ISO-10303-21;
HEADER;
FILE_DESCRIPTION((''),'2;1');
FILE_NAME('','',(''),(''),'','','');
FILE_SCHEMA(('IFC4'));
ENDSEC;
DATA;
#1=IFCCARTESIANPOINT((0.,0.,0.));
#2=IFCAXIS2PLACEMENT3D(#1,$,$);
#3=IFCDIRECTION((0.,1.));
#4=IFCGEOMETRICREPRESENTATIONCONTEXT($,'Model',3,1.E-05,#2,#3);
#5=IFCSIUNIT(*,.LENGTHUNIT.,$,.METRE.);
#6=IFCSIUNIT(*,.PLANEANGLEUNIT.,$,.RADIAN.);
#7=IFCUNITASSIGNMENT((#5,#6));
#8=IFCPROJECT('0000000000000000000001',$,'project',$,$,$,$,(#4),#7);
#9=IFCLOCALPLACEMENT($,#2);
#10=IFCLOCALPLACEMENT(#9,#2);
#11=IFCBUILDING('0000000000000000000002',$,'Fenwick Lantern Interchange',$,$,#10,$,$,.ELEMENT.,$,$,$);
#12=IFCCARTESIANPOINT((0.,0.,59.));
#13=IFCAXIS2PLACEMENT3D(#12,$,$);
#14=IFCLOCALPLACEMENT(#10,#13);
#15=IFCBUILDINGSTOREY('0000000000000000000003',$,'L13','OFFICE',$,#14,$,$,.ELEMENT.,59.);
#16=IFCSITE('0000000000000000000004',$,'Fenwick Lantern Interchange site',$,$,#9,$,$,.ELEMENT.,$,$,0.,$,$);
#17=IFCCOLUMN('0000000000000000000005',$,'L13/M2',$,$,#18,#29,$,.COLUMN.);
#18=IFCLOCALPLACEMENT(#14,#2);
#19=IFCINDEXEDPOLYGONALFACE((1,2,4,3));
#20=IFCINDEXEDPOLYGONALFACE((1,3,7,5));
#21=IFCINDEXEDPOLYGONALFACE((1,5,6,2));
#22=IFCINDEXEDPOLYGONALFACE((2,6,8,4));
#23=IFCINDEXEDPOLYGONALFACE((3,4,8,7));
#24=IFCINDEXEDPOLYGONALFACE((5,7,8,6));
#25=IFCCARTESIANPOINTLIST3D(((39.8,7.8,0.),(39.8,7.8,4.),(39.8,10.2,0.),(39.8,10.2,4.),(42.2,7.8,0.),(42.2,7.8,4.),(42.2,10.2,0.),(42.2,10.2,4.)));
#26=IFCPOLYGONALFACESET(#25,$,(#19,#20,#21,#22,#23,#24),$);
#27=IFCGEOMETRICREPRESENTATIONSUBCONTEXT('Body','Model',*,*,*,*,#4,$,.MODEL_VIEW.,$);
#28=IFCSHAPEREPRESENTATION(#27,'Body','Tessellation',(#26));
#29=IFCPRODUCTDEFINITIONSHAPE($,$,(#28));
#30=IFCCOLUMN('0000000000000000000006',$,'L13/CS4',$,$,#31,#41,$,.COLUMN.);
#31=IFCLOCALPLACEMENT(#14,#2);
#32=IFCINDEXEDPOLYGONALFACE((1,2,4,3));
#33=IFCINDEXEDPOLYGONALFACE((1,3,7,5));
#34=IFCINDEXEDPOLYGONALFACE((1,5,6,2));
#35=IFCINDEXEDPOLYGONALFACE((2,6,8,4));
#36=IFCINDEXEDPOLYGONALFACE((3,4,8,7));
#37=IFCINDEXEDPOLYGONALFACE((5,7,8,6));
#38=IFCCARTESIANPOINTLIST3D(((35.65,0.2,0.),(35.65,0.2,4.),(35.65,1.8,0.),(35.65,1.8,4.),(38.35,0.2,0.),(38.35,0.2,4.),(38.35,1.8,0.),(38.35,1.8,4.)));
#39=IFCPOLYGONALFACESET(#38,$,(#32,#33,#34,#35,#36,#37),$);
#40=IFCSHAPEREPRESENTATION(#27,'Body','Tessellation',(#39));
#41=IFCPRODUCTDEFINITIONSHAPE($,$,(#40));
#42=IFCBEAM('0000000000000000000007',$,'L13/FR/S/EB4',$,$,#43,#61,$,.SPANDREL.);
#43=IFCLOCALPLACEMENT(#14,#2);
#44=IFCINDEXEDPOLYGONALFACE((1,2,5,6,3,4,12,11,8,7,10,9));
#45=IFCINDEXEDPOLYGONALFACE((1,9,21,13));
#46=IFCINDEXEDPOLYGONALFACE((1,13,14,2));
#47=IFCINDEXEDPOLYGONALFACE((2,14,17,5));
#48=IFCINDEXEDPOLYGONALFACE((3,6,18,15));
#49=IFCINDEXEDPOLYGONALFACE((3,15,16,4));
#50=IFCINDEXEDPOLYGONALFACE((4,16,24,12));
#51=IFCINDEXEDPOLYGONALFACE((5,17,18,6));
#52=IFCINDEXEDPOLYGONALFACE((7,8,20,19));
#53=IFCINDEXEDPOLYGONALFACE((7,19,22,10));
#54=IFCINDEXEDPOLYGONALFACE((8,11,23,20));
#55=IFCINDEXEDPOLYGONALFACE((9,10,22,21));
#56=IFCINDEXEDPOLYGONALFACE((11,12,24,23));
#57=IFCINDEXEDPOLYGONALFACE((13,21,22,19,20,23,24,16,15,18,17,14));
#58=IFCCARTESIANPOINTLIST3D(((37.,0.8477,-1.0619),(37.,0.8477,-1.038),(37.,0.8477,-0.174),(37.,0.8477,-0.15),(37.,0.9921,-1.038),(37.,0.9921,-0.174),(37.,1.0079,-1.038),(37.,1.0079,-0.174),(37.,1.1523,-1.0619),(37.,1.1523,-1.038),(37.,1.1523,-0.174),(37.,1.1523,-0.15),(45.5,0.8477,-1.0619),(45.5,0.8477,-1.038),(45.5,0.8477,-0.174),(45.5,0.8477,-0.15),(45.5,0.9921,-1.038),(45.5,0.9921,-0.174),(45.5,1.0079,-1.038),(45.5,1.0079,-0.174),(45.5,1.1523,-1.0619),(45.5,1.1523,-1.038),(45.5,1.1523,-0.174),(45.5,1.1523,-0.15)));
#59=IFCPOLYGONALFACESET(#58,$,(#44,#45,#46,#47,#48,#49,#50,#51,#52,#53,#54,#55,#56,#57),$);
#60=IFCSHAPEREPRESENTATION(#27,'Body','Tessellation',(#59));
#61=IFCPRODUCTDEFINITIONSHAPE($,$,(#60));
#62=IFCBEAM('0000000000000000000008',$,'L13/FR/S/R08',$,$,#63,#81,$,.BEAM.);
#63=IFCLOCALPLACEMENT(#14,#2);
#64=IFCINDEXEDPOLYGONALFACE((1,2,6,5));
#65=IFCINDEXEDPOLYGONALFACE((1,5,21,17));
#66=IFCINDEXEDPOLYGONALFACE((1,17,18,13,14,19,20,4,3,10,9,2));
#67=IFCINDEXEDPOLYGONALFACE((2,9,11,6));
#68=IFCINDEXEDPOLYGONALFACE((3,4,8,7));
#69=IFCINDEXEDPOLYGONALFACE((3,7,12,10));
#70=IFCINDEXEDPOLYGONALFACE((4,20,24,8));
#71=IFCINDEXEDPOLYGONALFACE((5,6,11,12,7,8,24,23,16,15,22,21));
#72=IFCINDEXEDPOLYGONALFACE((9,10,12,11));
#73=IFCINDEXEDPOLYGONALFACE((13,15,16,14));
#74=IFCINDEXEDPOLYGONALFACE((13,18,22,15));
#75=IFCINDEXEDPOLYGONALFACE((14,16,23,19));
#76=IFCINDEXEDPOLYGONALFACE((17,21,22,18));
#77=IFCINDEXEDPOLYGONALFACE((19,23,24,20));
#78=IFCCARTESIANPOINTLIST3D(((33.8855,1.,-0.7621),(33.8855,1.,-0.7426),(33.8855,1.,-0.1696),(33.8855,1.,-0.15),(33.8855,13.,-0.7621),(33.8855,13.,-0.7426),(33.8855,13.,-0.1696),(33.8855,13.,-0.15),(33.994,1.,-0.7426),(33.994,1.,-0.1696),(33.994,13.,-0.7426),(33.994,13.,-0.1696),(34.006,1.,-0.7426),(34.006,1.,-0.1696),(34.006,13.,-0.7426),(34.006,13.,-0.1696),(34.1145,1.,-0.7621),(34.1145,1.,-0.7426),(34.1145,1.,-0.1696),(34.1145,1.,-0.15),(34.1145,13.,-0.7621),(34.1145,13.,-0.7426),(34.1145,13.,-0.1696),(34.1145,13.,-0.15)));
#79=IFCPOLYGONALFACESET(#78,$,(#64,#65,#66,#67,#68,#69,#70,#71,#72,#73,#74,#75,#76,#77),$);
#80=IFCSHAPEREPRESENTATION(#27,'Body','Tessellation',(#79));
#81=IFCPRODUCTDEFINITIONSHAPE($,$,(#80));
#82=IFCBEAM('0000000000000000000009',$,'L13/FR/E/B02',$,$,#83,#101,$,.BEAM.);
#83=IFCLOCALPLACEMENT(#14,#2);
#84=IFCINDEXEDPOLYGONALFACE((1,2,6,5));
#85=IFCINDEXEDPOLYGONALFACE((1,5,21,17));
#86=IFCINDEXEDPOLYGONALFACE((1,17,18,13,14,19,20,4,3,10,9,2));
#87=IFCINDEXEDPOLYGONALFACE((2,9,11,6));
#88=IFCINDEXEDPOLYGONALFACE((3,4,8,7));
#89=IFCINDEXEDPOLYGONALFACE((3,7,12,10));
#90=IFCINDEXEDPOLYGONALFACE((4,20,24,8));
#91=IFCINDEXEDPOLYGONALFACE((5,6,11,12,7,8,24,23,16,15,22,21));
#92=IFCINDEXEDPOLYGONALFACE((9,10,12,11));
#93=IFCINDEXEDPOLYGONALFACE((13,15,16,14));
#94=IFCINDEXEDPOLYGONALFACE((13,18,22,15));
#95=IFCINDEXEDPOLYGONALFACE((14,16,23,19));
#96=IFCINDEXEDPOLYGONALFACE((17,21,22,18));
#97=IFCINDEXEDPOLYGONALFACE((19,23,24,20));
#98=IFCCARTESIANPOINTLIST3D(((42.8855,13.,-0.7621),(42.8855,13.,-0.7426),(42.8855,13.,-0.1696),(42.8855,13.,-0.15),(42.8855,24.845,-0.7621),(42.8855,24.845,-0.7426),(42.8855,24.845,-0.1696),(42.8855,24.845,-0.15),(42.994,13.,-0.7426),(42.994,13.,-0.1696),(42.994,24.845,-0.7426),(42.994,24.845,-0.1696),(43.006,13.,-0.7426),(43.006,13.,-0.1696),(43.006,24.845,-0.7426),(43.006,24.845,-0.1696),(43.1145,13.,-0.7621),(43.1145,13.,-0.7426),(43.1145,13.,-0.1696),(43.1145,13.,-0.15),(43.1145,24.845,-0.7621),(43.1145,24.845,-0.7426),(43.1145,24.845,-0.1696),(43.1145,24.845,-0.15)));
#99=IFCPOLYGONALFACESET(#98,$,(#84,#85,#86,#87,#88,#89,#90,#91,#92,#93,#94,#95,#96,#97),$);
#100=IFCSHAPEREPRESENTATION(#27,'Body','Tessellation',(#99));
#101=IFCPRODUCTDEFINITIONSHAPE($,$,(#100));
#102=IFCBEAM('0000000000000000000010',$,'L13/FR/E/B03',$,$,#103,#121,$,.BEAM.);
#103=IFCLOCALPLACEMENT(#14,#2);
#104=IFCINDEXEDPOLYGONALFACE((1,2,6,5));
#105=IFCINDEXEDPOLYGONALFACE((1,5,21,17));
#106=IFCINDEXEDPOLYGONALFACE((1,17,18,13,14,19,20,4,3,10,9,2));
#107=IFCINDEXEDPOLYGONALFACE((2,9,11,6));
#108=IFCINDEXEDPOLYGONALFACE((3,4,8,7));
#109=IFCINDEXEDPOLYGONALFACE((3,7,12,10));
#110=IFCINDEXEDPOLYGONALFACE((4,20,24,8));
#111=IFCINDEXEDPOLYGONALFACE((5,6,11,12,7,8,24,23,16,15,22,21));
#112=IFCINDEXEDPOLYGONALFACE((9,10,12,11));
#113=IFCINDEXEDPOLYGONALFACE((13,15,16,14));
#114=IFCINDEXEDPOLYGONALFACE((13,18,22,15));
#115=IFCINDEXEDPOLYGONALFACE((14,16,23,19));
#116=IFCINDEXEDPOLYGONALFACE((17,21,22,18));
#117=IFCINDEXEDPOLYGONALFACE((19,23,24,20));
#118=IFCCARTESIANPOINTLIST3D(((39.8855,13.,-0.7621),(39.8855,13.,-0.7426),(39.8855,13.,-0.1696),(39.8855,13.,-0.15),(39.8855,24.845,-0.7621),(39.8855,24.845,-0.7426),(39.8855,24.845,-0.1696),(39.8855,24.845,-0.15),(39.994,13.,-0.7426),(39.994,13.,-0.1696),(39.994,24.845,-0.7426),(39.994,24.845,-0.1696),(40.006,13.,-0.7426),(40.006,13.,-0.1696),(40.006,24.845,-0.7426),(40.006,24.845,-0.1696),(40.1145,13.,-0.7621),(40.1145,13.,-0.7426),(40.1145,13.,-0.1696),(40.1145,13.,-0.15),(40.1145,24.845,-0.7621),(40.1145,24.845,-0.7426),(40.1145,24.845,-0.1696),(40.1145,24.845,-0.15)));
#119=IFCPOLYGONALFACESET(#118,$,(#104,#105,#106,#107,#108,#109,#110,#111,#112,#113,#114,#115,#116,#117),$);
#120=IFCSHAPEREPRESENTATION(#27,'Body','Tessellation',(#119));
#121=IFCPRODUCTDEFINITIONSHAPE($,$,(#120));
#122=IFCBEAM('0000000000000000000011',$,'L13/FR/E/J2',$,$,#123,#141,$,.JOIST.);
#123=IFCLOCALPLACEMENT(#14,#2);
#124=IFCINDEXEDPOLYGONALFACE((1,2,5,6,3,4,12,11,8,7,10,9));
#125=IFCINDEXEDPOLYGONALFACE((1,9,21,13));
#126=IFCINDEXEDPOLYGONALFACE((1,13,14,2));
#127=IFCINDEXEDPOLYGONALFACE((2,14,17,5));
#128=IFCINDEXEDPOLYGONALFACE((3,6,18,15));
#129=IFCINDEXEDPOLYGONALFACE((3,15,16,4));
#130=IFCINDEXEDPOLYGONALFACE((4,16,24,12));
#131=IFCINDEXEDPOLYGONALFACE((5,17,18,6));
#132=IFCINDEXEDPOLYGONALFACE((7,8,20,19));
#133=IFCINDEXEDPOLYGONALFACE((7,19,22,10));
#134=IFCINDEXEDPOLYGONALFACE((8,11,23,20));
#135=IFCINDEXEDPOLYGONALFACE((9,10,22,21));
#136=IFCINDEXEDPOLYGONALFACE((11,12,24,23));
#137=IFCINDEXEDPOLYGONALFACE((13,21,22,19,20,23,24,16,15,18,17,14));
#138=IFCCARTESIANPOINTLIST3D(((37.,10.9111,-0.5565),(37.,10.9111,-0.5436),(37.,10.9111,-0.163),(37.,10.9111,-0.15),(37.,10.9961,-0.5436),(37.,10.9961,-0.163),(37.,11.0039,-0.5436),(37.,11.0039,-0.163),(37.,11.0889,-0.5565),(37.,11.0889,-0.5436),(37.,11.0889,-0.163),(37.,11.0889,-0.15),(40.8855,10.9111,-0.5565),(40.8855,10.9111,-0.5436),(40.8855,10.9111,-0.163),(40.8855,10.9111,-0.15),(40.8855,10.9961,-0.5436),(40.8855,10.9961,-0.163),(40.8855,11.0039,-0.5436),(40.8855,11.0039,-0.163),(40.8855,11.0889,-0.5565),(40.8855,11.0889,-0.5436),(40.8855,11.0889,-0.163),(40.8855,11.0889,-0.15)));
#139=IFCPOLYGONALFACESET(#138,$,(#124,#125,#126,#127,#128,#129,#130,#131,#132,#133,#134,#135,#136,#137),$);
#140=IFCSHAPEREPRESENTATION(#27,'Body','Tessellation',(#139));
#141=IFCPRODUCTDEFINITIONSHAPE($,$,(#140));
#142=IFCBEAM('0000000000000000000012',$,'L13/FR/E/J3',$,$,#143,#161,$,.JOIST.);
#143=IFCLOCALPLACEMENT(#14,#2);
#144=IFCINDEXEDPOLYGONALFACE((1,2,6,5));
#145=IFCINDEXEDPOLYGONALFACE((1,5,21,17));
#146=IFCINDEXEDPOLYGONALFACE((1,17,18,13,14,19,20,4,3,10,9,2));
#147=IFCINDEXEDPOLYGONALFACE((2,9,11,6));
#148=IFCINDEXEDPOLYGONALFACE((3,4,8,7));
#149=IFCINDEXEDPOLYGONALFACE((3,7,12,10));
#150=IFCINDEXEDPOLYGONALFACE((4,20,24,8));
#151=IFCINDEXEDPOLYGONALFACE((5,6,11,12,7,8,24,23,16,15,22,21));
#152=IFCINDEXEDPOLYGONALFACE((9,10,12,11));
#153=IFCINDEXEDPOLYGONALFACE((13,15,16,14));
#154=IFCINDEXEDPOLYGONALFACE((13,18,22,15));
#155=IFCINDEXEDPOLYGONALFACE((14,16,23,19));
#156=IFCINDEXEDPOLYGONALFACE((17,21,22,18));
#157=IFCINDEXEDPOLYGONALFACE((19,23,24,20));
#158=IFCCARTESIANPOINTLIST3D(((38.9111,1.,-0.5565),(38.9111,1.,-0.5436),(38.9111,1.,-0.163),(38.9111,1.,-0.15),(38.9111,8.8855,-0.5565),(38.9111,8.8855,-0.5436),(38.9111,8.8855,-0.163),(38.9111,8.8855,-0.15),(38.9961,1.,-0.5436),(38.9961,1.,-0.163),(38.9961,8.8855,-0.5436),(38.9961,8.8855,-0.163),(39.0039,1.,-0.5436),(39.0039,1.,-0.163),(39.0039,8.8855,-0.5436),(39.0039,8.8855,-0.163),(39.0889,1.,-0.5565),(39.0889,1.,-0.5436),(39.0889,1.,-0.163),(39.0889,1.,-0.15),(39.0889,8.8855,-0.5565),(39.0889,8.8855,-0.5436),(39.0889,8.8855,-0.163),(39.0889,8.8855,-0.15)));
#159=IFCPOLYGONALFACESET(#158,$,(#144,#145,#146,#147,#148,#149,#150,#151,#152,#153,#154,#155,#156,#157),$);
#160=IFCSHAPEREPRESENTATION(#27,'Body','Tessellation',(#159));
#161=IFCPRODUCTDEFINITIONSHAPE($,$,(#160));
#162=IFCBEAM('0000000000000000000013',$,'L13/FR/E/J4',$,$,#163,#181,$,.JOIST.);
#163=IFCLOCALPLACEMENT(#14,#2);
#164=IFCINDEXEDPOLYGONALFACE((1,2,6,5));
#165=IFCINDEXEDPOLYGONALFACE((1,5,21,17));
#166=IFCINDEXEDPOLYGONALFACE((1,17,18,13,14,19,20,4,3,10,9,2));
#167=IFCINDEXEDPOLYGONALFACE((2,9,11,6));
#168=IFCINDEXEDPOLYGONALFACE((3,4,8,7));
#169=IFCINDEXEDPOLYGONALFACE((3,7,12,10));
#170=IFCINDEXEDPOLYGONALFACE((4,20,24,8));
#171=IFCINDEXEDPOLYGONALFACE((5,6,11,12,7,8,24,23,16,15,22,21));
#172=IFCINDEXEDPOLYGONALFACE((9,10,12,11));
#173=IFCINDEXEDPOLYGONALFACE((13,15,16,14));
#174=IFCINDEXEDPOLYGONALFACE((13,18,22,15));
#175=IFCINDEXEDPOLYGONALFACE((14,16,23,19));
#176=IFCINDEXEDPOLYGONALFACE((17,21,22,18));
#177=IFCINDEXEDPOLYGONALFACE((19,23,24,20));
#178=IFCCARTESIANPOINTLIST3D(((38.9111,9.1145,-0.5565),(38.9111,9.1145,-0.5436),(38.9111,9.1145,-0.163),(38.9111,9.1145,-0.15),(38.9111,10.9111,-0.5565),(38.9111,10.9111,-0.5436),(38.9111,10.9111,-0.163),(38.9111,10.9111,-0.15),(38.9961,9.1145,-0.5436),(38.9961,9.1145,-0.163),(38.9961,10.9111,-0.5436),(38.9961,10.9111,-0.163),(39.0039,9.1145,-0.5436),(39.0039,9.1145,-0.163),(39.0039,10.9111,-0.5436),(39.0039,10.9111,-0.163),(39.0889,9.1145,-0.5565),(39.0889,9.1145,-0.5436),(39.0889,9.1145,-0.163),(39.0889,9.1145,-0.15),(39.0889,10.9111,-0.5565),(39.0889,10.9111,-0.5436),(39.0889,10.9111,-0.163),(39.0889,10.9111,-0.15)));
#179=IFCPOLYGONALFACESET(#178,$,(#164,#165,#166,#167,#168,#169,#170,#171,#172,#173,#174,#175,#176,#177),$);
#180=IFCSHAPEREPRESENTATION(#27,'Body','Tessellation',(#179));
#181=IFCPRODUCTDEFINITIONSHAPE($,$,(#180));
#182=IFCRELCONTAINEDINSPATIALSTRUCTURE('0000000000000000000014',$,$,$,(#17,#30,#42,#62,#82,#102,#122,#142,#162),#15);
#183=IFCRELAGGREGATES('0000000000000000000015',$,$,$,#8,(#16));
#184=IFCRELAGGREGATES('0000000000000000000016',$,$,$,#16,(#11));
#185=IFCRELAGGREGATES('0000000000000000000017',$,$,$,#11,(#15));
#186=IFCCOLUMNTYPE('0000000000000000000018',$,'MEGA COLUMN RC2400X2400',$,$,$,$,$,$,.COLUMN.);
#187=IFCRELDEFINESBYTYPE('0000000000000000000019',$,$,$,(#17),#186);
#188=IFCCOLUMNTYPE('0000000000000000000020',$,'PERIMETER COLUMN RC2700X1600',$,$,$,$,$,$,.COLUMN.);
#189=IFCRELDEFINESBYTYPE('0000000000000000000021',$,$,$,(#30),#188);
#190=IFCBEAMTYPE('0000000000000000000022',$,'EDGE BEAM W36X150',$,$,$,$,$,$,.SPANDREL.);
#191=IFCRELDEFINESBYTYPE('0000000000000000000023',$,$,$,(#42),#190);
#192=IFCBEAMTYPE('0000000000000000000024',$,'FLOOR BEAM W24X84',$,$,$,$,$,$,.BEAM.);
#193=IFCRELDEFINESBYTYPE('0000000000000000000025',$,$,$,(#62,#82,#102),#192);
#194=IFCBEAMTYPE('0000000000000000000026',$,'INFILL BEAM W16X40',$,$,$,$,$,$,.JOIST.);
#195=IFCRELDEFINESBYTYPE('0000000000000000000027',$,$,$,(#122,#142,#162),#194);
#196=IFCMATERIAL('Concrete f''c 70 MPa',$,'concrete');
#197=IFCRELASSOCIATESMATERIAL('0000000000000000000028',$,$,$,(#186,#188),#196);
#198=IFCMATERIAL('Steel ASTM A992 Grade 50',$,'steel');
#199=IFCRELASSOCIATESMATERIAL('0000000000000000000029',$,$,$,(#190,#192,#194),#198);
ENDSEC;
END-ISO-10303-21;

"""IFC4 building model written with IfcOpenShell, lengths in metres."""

from ifc_helpers import new_model, si_unit, direction, frame, origin, origin_2d, place, context, subcontext, project, spatial, rectangle, i_section, extrude, material, material_profile, profile_set, type_object, element, save


model = new_model("IFC4")

# Units and contexts
model_context = context("Model", 3, precision=1e-05, world=origin(), true_north=direction((0.0, 1.0)))
body_context = subcontext(model_context, "Body", "Model", "MODEL_VIEW")
ifc_project = project(units=[si_unit("LENGTHUNIT", "METRE"), si_unit("PLANEANGLEUNIT", "RADIAN")], contexts=[model_context])

# Site, building, storey
site_placement = place(None, origin())
site = spatial("IfcSite", under=ifc_project, at=site_placement, Name="Fenwick Lantern Interchange site", CompositionType="ELEMENT", RefElevation=0.0)
building_placement = place(site_placement, origin())
building = spatial("IfcBuilding", under=site, at=building_placement, Name="Fenwick Lantern Interchange", CompositionType="ELEMENT")
storey_placement = place(building_placement, frame((0.0, 0.0, 59.0)))
storey = spatial("IfcBuildingStorey", under=building, at=storey_placement, Name="L13", Description="OFFICE", CompositionType="ELEMENT", Elevation=59.0)

# Columns
ifc_material_1 = material(Name="Concrete f'c 70 MPa", Category="concrete")
ifc_material_profile_1 = material_profile(ifc_material_1, rectangle(XDim=2.3999, YDim=2.3999, at=origin_2d()), Name="RC2400X2400")
ifc_profile_set_1 = profile_set([ifc_material_profile_1], Name="Concrete f'c 70 MPa")
column_type_1 = type_object("IfcColumnType", Name="MEGA COLUMN RC2400X2400", PredefinedType="COLUMN", material=ifc_profile_set_1)
column_1_placement = place(storey_placement, frame((41.0, 9.0, 0.0), z_axis=(0.0, 0.0, 1.0), x_axis=(1.0, 0.0, 0.0)))
element("IfcColumn", 1, at=column_1_placement, inside=storey, type_object=column_type_1, Name="L13/M2", PredefinedType="COLUMN", context=body_context, shape_type="SweptSolid", body=[
    extrude(rectangle(XDim=2.3999, YDim=2.3999, at=origin_2d()), origin(), (0.0, 0.0, 1.0), 4.0),
])
ifc_material_profile_2 = material_profile(ifc_material_1, rectangle(XDim=2.7, YDim=1.6001, at=origin_2d()), Name="RC2700X1600")
ifc_profile_set_2 = profile_set([ifc_material_profile_2], Name="Concrete f'c 70 MPa")
column_type_2 = type_object("IfcColumnType", Name="PERIMETER COLUMN RC2700X1600", PredefinedType="COLUMN", material=ifc_profile_set_2)
column_2_placement = place(storey_placement, frame((37.0, 1.0, 0.0), z_axis=(0.0, 0.0, 1.0), x_axis=(1.0, 0.0, 0.0)))
element("IfcColumn", 2, at=column_2_placement, inside=storey, type_object=column_type_2, Name="L13/CS4", PredefinedType="COLUMN", context=body_context, shape_type="SweptSolid", body=[
    extrude(rectangle(XDim=2.7, YDim=1.6001, at=origin_2d()), origin(), (0.0, 0.0, 1.0), 4.0),
])

# Beams
ifc_material_2 = material(Name="Steel ASTM A992 Grade 50", Category="steel")
ifc_material_profile_3 = material_profile(ifc_material_2, i_section(OverallWidth=0.3047, OverallDepth=0.9119, WebThickness=0.0159, FlangeThickness=0.0239, at=origin_2d()), Name="W36X150")
ifc_profile_set_3 = profile_set([ifc_material_profile_3], Name="Steel ASTM A992 Grade 50")
beam_type_1 = type_object("IfcBeamType", Name="EDGE BEAM W36X150", PredefinedType="SPANDREL", material=ifc_profile_set_3)
beam_1_placement = place(storey_placement, frame((37.0, 1.0, -0.606), z_axis=(1.0, 0.0, 0.0), x_axis=(0.0, 1.0, 0.0)))
element("IfcBeam", 3, at=beam_1_placement, inside=storey, type_object=beam_type_1, Name="L13/FR/S/EB4", PredefinedType="SPANDREL", context=body_context, shape_type="SweptSolid", body=[
    extrude(i_section(OverallWidth=0.3047, OverallDepth=0.9119, WebThickness=0.0159, FlangeThickness=0.0239, at=origin_2d()), origin(), (0.0, 0.0, 1.0), 8.5),
])
ifc_material_profile_4 = material_profile(ifc_material_2, i_section(OverallWidth=0.229, OverallDepth=0.6121, WebThickness=0.012, FlangeThickness=0.0195, at=origin_2d()), Name="W24X84")
ifc_profile_set_4 = profile_set([ifc_material_profile_4], Name="Steel ASTM A992 Grade 50")
beam_type_2 = type_object("IfcBeamType", Name="FLOOR BEAM W24X84", PredefinedType="BEAM", material=ifc_profile_set_4)
beam_2_placement = place(storey_placement, frame((34.0, 1.0, -0.4561), z_axis=(0.0, 1.0, 0.0), x_axis=(-1.0, 0.0, 0.0)))
element("IfcBeam", 4, at=beam_2_placement, inside=storey, type_object=beam_type_2, Name="L13/FR/S/R08", PredefinedType="BEAM", context=body_context, shape_type="SweptSolid", body=[
    extrude(i_section(OverallWidth=0.229, OverallDepth=0.6121, WebThickness=0.012, FlangeThickness=0.0195, at=origin_2d()), origin(), (0.0, 0.0, 1.0), 12.0),
])
for number, where, z_axis, x_axis, name in (
    (5, (43.0, 13.0, -0.4561), (0.0, 1.0, 0.0), (-1.0, 0.0, 0.0), "L13/FR/E/B02"),
    (6, (40.0, 13.0, -0.4561), (0.0, 1.0, 0.0), (-1.0, 0.0, 0.0), "L13/FR/E/B03"),
):
    element("IfcBeam", number, at=place(storey_placement, frame(where, z_axis=z_axis, x_axis=x_axis)), inside=storey, type_object=beam_type_2, Name=name, PredefinedType="BEAM", context=body_context, shape_type="SweptSolid", body=[
        extrude(i_section(OverallWidth=0.229, OverallDepth=0.6121, WebThickness=0.012, FlangeThickness=0.0195, at=origin_2d()), origin(), (0.0, 0.0, 1.0), 11.845),
    ])
ifc_material_profile_5 = material_profile(ifc_material_2, i_section(OverallWidth=0.1777, OverallDepth=0.4065, WebThickness=0.0078, FlangeThickness=0.0129, at=origin_2d()), Name="W16X40")
ifc_profile_set_5 = profile_set([ifc_material_profile_5], Name="Steel ASTM A992 Grade 50")
beam_type_3 = type_object("IfcBeamType", Name="INFILL BEAM W16X40", PredefinedType="JOIST", material=ifc_profile_set_5)
beam_3_placement = place(storey_placement, frame((40.8855, 11.0, -0.3533), z_axis=(-1.0, 0.0, 0.0), x_axis=(0.0, -1.0, 0.0)))
element("IfcBeam", 7, at=beam_3_placement, inside=storey, type_object=beam_type_3, Name="L13/FR/E/J2", PredefinedType="JOIST", context=body_context, shape_type="SweptSolid", body=[
    extrude(i_section(OverallWidth=0.1777, OverallDepth=0.4065, WebThickness=0.0078, FlangeThickness=0.0129, at=origin_2d()), origin(), (0.0, 0.0, 1.0), 3.8855),
])
beam_4_placement = place(storey_placement, frame((39.0, 1.0, -0.3533), z_axis=(0.0, 1.0, 0.0), x_axis=(-1.0, 0.0, 0.0)))
element("IfcBeam", 8, at=beam_4_placement, inside=storey, type_object=beam_type_3, Name="L13/FR/E/J3", PredefinedType="JOIST", context=body_context, shape_type="SweptSolid", body=[
    extrude(i_section(OverallWidth=0.1777, OverallDepth=0.4065, WebThickness=0.0078, FlangeThickness=0.0129, at=origin_2d()), origin(), (0.0, 0.0, 1.0), 7.8855),
])
beam_5_placement = place(storey_placement, frame((39.0, 9.1145, -0.3533), z_axis=(0.0, 1.0, 0.0), x_axis=(-1.0, 0.0, 0.0)))
element("IfcBeam", 9, at=beam_5_placement, inside=storey, type_object=beam_type_3, Name="L13/FR/E/J4", PredefinedType="JOIST", context=body_context, shape_type="SweptSolid", body=[
    extrude(i_section(OverallWidth=0.1777, OverallDepth=0.4065, WebThickness=0.0078, FlangeThickness=0.0129, at=origin_2d()), origin(), (0.0, 0.0, 1.0), 1.7966),
])

save(model, "model.ifc")
